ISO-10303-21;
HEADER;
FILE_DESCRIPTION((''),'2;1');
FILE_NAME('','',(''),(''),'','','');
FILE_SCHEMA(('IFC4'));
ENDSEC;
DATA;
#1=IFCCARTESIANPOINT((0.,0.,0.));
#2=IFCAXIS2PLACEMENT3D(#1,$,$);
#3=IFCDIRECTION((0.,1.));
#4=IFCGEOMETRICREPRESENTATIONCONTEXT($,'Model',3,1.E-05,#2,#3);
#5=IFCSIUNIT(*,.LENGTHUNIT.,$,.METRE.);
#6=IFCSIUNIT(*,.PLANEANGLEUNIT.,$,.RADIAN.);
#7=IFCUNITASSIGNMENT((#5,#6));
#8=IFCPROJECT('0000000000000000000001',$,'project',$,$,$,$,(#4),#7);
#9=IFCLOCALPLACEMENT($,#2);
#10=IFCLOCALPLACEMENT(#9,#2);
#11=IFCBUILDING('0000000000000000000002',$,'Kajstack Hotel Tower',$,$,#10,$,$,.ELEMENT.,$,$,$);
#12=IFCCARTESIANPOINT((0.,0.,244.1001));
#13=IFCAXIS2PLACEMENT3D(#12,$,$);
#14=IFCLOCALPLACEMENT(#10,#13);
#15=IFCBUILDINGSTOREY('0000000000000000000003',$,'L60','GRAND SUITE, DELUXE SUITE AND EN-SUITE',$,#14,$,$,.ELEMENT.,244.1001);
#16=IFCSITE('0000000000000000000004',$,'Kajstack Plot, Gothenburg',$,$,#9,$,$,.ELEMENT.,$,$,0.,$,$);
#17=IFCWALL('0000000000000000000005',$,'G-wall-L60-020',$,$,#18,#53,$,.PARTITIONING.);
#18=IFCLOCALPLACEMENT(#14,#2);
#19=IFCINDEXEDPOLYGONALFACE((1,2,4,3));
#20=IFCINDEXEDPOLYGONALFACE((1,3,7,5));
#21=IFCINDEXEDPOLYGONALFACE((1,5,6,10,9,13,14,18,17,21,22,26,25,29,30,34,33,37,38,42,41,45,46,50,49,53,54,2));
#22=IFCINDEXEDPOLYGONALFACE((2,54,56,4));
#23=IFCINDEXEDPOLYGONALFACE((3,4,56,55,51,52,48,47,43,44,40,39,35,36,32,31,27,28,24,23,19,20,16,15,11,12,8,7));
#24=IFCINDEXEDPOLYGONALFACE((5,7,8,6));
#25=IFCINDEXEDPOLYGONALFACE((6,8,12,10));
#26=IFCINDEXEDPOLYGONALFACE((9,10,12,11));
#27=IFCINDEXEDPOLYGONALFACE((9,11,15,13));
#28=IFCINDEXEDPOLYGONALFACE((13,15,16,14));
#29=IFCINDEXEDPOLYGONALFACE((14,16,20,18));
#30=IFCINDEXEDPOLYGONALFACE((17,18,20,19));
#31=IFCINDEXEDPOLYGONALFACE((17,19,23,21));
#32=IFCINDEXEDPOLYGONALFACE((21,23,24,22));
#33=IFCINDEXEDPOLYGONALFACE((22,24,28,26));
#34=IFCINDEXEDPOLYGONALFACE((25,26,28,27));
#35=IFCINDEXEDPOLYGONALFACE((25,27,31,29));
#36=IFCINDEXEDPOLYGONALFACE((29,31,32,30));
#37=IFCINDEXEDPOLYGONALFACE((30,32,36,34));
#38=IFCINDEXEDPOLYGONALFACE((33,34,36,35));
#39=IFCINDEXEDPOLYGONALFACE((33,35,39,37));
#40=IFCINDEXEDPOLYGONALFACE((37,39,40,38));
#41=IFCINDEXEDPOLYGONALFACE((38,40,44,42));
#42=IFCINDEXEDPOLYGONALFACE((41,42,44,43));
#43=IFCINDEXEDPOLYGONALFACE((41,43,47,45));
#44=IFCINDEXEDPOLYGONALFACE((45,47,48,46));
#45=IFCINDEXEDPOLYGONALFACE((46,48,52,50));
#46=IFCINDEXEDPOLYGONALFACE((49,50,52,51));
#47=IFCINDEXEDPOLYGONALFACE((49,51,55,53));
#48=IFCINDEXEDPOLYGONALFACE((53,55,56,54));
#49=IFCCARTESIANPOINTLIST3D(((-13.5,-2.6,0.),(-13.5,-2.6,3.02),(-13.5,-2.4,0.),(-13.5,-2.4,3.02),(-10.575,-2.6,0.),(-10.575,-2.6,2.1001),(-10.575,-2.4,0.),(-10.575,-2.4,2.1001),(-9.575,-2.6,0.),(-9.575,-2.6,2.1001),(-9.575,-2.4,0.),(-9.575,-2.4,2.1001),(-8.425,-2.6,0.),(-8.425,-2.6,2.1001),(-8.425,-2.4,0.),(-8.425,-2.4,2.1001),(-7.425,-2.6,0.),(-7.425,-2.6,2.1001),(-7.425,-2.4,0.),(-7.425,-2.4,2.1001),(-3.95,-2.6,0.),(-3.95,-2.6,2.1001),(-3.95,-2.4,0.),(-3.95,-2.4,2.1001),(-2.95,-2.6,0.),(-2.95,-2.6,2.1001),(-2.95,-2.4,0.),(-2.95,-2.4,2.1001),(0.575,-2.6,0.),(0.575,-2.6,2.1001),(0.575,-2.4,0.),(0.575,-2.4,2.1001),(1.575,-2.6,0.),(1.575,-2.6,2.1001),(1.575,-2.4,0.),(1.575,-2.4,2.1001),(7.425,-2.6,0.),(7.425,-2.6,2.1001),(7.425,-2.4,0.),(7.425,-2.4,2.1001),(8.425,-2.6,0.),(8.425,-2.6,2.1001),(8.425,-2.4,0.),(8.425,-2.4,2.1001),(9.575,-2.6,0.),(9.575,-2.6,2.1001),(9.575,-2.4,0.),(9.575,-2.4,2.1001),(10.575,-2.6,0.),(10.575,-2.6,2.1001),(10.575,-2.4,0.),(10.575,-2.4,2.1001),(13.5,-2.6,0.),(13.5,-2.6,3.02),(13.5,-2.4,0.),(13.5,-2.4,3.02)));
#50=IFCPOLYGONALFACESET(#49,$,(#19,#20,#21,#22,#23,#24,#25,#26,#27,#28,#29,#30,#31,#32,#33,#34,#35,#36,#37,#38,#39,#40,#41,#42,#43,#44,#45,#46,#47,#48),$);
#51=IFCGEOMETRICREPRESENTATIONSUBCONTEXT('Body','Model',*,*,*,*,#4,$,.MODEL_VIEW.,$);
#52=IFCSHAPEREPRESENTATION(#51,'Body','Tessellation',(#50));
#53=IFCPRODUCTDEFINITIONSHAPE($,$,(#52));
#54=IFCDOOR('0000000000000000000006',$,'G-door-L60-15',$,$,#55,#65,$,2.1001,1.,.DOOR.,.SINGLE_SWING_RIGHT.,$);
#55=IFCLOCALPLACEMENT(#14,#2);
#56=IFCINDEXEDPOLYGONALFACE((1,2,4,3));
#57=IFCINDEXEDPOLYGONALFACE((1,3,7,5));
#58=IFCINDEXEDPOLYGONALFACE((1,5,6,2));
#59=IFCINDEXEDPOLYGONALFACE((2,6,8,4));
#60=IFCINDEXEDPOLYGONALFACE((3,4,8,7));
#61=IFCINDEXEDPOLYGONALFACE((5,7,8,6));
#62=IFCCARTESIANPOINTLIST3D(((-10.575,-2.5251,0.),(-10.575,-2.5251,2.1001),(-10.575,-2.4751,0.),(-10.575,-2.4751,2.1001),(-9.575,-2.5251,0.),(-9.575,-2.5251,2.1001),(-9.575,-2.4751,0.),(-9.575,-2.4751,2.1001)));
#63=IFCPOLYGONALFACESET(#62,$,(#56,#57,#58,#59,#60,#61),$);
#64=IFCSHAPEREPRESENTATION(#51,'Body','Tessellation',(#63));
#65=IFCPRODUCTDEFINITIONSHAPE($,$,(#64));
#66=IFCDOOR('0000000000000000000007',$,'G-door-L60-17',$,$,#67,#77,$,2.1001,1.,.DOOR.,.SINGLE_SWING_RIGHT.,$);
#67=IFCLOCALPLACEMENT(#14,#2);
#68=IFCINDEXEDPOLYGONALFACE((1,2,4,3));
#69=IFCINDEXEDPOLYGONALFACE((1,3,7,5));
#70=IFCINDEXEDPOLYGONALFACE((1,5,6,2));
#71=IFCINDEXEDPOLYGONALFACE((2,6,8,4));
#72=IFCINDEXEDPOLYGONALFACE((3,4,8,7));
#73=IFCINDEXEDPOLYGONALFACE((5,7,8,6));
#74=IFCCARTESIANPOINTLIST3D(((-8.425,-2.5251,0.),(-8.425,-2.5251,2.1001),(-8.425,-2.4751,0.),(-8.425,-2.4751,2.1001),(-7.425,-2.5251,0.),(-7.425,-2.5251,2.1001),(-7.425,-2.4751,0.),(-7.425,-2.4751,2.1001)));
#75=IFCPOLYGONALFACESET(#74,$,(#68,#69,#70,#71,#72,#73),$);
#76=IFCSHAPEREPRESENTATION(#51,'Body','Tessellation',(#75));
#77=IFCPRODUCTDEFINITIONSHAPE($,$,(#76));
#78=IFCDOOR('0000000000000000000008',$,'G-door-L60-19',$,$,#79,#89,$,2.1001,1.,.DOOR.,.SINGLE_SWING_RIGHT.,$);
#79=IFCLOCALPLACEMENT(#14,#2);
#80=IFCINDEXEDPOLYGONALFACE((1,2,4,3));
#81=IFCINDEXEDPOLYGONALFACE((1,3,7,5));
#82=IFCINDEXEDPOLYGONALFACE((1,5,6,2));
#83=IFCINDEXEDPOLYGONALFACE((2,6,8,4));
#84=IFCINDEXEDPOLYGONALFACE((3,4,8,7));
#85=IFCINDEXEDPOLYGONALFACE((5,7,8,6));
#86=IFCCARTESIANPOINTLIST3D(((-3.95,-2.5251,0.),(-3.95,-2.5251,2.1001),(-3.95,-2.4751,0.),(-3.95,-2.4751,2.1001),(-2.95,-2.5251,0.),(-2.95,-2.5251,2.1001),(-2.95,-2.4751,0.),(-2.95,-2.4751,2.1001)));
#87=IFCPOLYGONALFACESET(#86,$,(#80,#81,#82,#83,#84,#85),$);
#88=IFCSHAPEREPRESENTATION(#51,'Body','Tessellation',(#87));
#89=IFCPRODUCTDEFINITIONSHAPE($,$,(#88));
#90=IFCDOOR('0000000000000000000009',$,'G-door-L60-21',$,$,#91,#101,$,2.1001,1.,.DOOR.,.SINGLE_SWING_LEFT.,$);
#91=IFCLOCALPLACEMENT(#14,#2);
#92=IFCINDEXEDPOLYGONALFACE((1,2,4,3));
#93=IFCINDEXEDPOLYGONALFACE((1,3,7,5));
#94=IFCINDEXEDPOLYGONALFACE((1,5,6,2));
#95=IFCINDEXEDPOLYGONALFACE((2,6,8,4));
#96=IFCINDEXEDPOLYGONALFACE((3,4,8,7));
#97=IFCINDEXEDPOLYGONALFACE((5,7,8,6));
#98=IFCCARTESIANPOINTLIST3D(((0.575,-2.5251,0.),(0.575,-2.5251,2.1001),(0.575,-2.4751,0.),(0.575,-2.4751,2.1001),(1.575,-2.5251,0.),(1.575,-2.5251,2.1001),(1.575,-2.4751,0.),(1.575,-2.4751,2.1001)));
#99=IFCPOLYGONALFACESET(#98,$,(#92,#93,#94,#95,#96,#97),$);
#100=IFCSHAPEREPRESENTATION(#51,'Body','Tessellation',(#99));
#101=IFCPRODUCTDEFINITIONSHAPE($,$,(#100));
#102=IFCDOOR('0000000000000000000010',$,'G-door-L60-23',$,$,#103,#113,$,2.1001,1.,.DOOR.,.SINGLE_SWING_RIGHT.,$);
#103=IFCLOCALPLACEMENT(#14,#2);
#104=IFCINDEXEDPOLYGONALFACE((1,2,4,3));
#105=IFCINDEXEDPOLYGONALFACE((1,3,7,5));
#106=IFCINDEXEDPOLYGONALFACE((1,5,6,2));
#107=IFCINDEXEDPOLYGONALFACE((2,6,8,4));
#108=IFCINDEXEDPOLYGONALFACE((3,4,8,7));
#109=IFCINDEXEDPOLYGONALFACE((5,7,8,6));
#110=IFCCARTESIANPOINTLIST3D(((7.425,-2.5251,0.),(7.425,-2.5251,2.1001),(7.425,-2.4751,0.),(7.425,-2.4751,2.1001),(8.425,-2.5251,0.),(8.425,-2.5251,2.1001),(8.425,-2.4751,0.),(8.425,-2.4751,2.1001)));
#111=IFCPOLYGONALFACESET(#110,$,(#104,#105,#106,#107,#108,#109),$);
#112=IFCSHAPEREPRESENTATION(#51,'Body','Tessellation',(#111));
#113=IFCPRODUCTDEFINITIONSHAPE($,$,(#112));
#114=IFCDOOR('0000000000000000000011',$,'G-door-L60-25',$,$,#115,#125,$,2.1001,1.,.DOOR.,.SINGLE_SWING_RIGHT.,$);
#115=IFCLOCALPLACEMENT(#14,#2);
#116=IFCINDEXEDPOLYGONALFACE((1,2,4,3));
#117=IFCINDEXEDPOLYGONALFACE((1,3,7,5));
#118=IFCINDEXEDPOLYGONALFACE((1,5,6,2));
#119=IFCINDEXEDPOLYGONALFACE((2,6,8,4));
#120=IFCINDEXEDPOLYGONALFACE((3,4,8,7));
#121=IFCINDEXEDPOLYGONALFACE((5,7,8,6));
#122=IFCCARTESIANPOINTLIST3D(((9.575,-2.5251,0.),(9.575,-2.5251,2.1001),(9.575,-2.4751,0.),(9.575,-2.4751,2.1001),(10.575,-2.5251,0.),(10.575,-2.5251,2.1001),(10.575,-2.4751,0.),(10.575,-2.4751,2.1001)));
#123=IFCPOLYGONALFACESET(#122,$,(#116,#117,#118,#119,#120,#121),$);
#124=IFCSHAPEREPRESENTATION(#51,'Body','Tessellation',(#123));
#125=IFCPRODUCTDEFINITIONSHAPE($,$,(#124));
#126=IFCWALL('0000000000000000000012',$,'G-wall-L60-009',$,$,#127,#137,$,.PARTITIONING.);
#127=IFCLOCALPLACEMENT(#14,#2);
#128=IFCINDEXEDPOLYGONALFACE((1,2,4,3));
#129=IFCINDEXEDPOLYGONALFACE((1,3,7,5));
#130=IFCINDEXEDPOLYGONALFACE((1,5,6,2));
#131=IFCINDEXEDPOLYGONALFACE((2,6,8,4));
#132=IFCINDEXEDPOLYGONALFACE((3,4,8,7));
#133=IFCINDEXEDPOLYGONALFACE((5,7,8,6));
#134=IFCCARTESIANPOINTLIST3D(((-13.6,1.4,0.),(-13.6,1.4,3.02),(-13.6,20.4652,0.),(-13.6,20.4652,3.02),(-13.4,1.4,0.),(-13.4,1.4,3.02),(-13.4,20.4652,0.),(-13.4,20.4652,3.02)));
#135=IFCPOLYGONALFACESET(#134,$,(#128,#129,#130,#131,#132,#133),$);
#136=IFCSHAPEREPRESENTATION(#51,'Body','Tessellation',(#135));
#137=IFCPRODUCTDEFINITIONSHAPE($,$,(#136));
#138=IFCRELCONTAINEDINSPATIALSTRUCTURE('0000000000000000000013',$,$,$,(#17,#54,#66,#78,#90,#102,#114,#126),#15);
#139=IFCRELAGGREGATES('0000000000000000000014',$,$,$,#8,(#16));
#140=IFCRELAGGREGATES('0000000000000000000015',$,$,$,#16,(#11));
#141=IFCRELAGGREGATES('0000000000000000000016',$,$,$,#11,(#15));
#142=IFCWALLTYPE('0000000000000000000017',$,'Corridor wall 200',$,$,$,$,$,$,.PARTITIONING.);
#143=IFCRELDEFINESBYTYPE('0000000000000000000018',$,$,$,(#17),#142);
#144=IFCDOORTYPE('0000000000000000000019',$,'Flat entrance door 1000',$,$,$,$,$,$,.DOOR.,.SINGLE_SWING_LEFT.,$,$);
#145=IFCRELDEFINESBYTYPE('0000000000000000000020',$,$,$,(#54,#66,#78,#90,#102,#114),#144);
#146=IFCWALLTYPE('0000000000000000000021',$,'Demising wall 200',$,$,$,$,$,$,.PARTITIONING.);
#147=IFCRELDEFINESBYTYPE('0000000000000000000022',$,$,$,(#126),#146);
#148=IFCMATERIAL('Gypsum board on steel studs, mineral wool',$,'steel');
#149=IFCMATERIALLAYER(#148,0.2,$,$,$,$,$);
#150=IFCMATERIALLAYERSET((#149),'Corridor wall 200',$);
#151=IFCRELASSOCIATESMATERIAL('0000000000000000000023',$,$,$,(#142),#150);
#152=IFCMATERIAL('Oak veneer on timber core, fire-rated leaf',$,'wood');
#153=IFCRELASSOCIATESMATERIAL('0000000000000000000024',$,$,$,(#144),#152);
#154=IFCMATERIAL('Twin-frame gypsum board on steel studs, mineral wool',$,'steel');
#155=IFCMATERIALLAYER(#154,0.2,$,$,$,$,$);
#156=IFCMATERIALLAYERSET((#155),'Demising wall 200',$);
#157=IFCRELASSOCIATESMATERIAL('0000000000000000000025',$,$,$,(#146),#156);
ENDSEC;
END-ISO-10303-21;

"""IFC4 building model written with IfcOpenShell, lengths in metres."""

from ifc_helpers import new_model, si_unit, direction, frame, frame_2d, origin, place, context, subcontext, project, spatial, rectangle, extrude, material, layer, layer_set, type_object, element, fill, save


model = new_model("IFC4")

# Units and contexts
model_context = context("Model", 3, precision=1e-05, world=origin(), true_north=direction((0.0, 1.0)))
body_context = subcontext(model_context, "Body", "Model", "MODEL_VIEW")
ifc_project = project(units=[si_unit("LENGTHUNIT", "METRE"), si_unit("PLANEANGLEUNIT", "RADIAN")], contexts=[model_context])

# Site, building, storey
site_placement = place(None, origin())
site = spatial("IfcSite", under=ifc_project, at=site_placement, Name="Kajstack Plot, Gothenburg", CompositionType="ELEMENT", RefElevation=0.0)
building_placement = place(site_placement, origin())
building = spatial("IfcBuilding", under=site, at=building_placement, Name="Kajstack Hotel Tower", CompositionType="ELEMENT")
storey_placement = place(building_placement, frame((0.0, 0.0, 244.1001)))
storey = spatial("IfcBuildingStorey", under=building, at=storey_placement, Name="L60", Description="GRAND SUITE, DELUXE SUITE AND EN-SUITE", CompositionType="ELEMENT", Elevation=244.1001)

# Wall, openings, doors
ifc_material_1 = material(Name="Gypsum board on steel studs, mineral wool", Category="steel")
ifc_layer_1 = layer(ifc_material_1, 0.2)
ifc_layer_set_1 = layer_set([ifc_layer_1], Name="Corridor wall 200")
wall_type_1 = type_object("IfcWallType", Name="Corridor wall 200", PredefinedType="PARTITIONING", material=ifc_layer_set_1)
wall_1_placement = place(storey_placement, frame((-13.5, -2.5, 0.0), z_axis=(0.0, 0.0, 1.0), x_axis=(1.0, 0.0, 0.0)))
wall_1 = element("IfcWall", 1, at=wall_1_placement, inside=storey, type_object=wall_type_1, Name="G-wall-L60-020", PredefinedType="PARTITIONING", context=body_context, shape_type="SweptSolid", body=[
    extrude(rectangle(XDim=27.0, YDim=0.2, at=frame_2d((13.5, 0.0))), origin(), (0.0, 0.0, 1.0), 3.02),
])
opening_1_placement = place(wall_1_placement, frame((2.925, 0.0, 0.0)))
opening_1 = element("IfcOpeningElement", 2, at=opening_1_placement, cuts=wall_1, PredefinedType="OPENING", context=body_context, shape_type="SweptSolid", body=[
    extrude(rectangle(XDim=1.0, YDim=2.1001, at=frame_2d((0.5, 1.05))), frame((0.0, 0.1099, 0.0), z_axis=(0.0, -1.0, 0.0), x_axis=(1.0, 0.0, 0.0)), (0.0, 0.0, 1.0), 0.22),
])
opening_2_placement = place(wall_1_placement, frame((5.075, 0.0, 0.0)))
opening_2 = element("IfcOpeningElement", 3, at=opening_2_placement, cuts=wall_1, PredefinedType="OPENING", context=body_context, shape_type="SweptSolid", body=[
    extrude(rectangle(XDim=1.0, YDim=2.1001, at=frame_2d((0.5, 1.05))), frame((0.0, 0.1099, 0.0), z_axis=(0.0, -1.0, 0.0), x_axis=(1.0, 0.0, 0.0)), (0.0, 0.0, 1.0), 0.22),
])
opening_3_placement = place(wall_1_placement, frame((9.55, 0.0, 0.0)))
opening_3 = element("IfcOpeningElement", 4, at=opening_3_placement, cuts=wall_1, PredefinedType="OPENING", context=body_context, shape_type="SweptSolid", body=[
    extrude(rectangle(XDim=1.0, YDim=2.1001, at=frame_2d((0.5, 1.05))), frame((0.0, 0.1099, 0.0), z_axis=(0.0, -1.0, 0.0), x_axis=(1.0, 0.0, 0.0)), (0.0, 0.0, 1.0), 0.22),
])
opening_4_placement = place(wall_1_placement, frame((14.075, 0.0, 0.0)))
opening_4 = element("IfcOpeningElement", 5, at=opening_4_placement, cuts=wall_1, PredefinedType="OPENING", context=body_context, shape_type="SweptSolid", body=[
    extrude(rectangle(XDim=1.0, YDim=2.1001, at=frame_2d((0.5, 1.05))), frame((0.0, 0.1099, 0.0), z_axis=(0.0, -1.0, 0.0), x_axis=(1.0, 0.0, 0.0)), (0.0, 0.0, 1.0), 0.22),
])
opening_5_placement = place(wall_1_placement, frame((20.925, 0.0, 0.0)))
opening_5 = element("IfcOpeningElement", 6, at=opening_5_placement, cuts=wall_1, PredefinedType="OPENING", context=body_context, shape_type="SweptSolid", body=[
    extrude(rectangle(XDim=1.0, YDim=2.1001, at=frame_2d((0.5, 1.05))), frame((0.0, 0.1099, 0.0), z_axis=(0.0, -1.0, 0.0), x_axis=(1.0, 0.0, 0.0)), (0.0, 0.0, 1.0), 0.22),
])
opening_6_placement = place(wall_1_placement, frame((23.075, 0.0, 0.0)))
opening_6 = element("IfcOpeningElement", 7, at=opening_6_placement, cuts=wall_1, PredefinedType="OPENING", context=body_context, shape_type="SweptSolid", body=[
    extrude(rectangle(XDim=1.0, YDim=2.1001, at=frame_2d((0.5, 1.05))), frame((0.0, 0.1099, 0.0), z_axis=(0.0, -1.0, 0.0), x_axis=(1.0, 0.0, 0.0)), (0.0, 0.0, 1.0), 0.22),
])
ifc_material_2 = material(Name="Oak veneer on timber core, fire-rated leaf", Category="wood")
door_type_1 = type_object("IfcDoorType", Name="Flat entrance door 1000", OperationType="SINGLE_SWING_LEFT", PredefinedType="DOOR", material=ifc_material_2)
door_1_placement = place(opening_1_placement, origin())
door_1 = element("IfcDoor", 8, at=door_1_placement, inside=storey, type_object=door_type_1, Name="G-door-L60-15", OperationType="SINGLE_SWING_RIGHT", OverallHeight=2.1001, OverallWidth=1.0, PredefinedType="DOOR", context=body_context, shape_type="SweptSolid", body=[
    extrude(rectangle(XDim=1.0, YDim=2.1001, at=frame_2d((0.5, 1.05))), frame((0.0, 0.0249, 0.0), z_axis=(0.0, -1.0, 0.0), x_axis=(1.0, 0.0, 0.0)), (0.0, 0.0, 1.0), 0.05),
])
fill(opening_1, door_1)
door_2_placement = place(opening_2_placement, origin())
door_2 = element("IfcDoor", 9, at=door_2_placement, inside=storey, type_object=door_type_1, Name="G-door-L60-17", OperationType="SINGLE_SWING_RIGHT", OverallHeight=2.1001, OverallWidth=1.0, PredefinedType="DOOR", context=body_context, shape_type="SweptSolid", body=[
    extrude(rectangle(XDim=1.0, YDim=2.1001, at=frame_2d((0.5, 1.05))), frame((0.0, 0.0249, 0.0), z_axis=(0.0, -1.0, 0.0), x_axis=(1.0, 0.0, 0.0)), (0.0, 0.0, 1.0), 0.05),
])
fill(opening_2, door_2)
door_3_placement = place(opening_3_placement, origin())
door_3 = element("IfcDoor", 10, at=door_3_placement, inside=storey, type_object=door_type_1, Name="G-door-L60-19", OperationType="SINGLE_SWING_RIGHT", OverallHeight=2.1001, OverallWidth=1.0, PredefinedType="DOOR", context=body_context, shape_type="SweptSolid", body=[
    extrude(rectangle(XDim=1.0, YDim=2.1001, at=frame_2d((0.5, 1.05))), frame((0.0, 0.0249, 0.0), z_axis=(0.0, -1.0, 0.0), x_axis=(1.0, 0.0, 0.0)), (0.0, 0.0, 1.0), 0.05),
])
fill(opening_3, door_3)
door_4_placement = place(opening_4_placement, origin())
door_4 = element("IfcDoor", 11, at=door_4_placement, inside=storey, type_object=door_type_1, Name="G-door-L60-21", OperationType="SINGLE_SWING_LEFT", OverallHeight=2.1001, OverallWidth=1.0, PredefinedType="DOOR", context=body_context, shape_type="SweptSolid", body=[
    extrude(rectangle(XDim=1.0, YDim=2.1001, at=frame_2d((0.5, 1.05))), frame((0.0, 0.0249, 0.0), z_axis=(0.0, -1.0, 0.0), x_axis=(1.0, 0.0, 0.0)), (0.0, 0.0, 1.0), 0.05),
])
fill(opening_4, door_4)
door_5_placement = place(opening_5_placement, origin())
door_5 = element("IfcDoor", 12, at=door_5_placement, inside=storey, type_object=door_type_1, Name="G-door-L60-23", OperationType="SINGLE_SWING_RIGHT", OverallHeight=2.1001, OverallWidth=1.0, PredefinedType="DOOR", context=body_context, shape_type="SweptSolid", body=[
    extrude(rectangle(XDim=1.0, YDim=2.1001, at=frame_2d((0.5, 1.05))), frame((0.0, 0.0249, 0.0), z_axis=(0.0, -1.0, 0.0), x_axis=(1.0, 0.0, 0.0)), (0.0, 0.0, 1.0), 0.05),
])
fill(opening_5, door_5)
door_6_placement = place(opening_6_placement, origin())
door_6 = element("IfcDoor", 13, at=door_6_placement, inside=storey, type_object=door_type_1, Name="G-door-L60-25", OperationType="SINGLE_SWING_RIGHT", OverallHeight=2.1001, OverallWidth=1.0, PredefinedType="DOOR", context=body_context, shape_type="SweptSolid", body=[
    extrude(rectangle(XDim=1.0, YDim=2.1001, at=frame_2d((0.5, 1.05))), frame((0.0, 0.0249, 0.0), z_axis=(0.0, -1.0, 0.0), x_axis=(1.0, 0.0, 0.0)), (0.0, 0.0, 1.0), 0.05),
])
fill(opening_6, door_6)

# Wall
ifc_material_3 = material(Name="Twin-frame gypsum board on steel studs, mineral wool", Category="steel")
ifc_layer_2 = layer(ifc_material_3, 0.2)
ifc_layer_set_2 = layer_set([ifc_layer_2], Name="Demising wall 200")
wall_type_2 = type_object("IfcWallType", Name="Demising wall 200", PredefinedType="PARTITIONING", material=ifc_layer_set_2)
wall_2_placement = place(storey_placement, frame((-13.5, 1.3999, 0.0), z_axis=(0.0, 0.0, 1.0), x_axis=(0.0, 1.0, 0.0)))
element("IfcWall", 14, at=wall_2_placement, inside=storey, type_object=wall_type_2, Name="G-wall-L60-009", PredefinedType="PARTITIONING", context=body_context, shape_type="SweptSolid", body=[
    extrude(rectangle(XDim=19.0652, YDim=0.2, at=frame_2d((9.5327, 0.0))), origin(), (0.0, 0.0, 1.0), 3.02),
])

save(model, "model.ifc")
